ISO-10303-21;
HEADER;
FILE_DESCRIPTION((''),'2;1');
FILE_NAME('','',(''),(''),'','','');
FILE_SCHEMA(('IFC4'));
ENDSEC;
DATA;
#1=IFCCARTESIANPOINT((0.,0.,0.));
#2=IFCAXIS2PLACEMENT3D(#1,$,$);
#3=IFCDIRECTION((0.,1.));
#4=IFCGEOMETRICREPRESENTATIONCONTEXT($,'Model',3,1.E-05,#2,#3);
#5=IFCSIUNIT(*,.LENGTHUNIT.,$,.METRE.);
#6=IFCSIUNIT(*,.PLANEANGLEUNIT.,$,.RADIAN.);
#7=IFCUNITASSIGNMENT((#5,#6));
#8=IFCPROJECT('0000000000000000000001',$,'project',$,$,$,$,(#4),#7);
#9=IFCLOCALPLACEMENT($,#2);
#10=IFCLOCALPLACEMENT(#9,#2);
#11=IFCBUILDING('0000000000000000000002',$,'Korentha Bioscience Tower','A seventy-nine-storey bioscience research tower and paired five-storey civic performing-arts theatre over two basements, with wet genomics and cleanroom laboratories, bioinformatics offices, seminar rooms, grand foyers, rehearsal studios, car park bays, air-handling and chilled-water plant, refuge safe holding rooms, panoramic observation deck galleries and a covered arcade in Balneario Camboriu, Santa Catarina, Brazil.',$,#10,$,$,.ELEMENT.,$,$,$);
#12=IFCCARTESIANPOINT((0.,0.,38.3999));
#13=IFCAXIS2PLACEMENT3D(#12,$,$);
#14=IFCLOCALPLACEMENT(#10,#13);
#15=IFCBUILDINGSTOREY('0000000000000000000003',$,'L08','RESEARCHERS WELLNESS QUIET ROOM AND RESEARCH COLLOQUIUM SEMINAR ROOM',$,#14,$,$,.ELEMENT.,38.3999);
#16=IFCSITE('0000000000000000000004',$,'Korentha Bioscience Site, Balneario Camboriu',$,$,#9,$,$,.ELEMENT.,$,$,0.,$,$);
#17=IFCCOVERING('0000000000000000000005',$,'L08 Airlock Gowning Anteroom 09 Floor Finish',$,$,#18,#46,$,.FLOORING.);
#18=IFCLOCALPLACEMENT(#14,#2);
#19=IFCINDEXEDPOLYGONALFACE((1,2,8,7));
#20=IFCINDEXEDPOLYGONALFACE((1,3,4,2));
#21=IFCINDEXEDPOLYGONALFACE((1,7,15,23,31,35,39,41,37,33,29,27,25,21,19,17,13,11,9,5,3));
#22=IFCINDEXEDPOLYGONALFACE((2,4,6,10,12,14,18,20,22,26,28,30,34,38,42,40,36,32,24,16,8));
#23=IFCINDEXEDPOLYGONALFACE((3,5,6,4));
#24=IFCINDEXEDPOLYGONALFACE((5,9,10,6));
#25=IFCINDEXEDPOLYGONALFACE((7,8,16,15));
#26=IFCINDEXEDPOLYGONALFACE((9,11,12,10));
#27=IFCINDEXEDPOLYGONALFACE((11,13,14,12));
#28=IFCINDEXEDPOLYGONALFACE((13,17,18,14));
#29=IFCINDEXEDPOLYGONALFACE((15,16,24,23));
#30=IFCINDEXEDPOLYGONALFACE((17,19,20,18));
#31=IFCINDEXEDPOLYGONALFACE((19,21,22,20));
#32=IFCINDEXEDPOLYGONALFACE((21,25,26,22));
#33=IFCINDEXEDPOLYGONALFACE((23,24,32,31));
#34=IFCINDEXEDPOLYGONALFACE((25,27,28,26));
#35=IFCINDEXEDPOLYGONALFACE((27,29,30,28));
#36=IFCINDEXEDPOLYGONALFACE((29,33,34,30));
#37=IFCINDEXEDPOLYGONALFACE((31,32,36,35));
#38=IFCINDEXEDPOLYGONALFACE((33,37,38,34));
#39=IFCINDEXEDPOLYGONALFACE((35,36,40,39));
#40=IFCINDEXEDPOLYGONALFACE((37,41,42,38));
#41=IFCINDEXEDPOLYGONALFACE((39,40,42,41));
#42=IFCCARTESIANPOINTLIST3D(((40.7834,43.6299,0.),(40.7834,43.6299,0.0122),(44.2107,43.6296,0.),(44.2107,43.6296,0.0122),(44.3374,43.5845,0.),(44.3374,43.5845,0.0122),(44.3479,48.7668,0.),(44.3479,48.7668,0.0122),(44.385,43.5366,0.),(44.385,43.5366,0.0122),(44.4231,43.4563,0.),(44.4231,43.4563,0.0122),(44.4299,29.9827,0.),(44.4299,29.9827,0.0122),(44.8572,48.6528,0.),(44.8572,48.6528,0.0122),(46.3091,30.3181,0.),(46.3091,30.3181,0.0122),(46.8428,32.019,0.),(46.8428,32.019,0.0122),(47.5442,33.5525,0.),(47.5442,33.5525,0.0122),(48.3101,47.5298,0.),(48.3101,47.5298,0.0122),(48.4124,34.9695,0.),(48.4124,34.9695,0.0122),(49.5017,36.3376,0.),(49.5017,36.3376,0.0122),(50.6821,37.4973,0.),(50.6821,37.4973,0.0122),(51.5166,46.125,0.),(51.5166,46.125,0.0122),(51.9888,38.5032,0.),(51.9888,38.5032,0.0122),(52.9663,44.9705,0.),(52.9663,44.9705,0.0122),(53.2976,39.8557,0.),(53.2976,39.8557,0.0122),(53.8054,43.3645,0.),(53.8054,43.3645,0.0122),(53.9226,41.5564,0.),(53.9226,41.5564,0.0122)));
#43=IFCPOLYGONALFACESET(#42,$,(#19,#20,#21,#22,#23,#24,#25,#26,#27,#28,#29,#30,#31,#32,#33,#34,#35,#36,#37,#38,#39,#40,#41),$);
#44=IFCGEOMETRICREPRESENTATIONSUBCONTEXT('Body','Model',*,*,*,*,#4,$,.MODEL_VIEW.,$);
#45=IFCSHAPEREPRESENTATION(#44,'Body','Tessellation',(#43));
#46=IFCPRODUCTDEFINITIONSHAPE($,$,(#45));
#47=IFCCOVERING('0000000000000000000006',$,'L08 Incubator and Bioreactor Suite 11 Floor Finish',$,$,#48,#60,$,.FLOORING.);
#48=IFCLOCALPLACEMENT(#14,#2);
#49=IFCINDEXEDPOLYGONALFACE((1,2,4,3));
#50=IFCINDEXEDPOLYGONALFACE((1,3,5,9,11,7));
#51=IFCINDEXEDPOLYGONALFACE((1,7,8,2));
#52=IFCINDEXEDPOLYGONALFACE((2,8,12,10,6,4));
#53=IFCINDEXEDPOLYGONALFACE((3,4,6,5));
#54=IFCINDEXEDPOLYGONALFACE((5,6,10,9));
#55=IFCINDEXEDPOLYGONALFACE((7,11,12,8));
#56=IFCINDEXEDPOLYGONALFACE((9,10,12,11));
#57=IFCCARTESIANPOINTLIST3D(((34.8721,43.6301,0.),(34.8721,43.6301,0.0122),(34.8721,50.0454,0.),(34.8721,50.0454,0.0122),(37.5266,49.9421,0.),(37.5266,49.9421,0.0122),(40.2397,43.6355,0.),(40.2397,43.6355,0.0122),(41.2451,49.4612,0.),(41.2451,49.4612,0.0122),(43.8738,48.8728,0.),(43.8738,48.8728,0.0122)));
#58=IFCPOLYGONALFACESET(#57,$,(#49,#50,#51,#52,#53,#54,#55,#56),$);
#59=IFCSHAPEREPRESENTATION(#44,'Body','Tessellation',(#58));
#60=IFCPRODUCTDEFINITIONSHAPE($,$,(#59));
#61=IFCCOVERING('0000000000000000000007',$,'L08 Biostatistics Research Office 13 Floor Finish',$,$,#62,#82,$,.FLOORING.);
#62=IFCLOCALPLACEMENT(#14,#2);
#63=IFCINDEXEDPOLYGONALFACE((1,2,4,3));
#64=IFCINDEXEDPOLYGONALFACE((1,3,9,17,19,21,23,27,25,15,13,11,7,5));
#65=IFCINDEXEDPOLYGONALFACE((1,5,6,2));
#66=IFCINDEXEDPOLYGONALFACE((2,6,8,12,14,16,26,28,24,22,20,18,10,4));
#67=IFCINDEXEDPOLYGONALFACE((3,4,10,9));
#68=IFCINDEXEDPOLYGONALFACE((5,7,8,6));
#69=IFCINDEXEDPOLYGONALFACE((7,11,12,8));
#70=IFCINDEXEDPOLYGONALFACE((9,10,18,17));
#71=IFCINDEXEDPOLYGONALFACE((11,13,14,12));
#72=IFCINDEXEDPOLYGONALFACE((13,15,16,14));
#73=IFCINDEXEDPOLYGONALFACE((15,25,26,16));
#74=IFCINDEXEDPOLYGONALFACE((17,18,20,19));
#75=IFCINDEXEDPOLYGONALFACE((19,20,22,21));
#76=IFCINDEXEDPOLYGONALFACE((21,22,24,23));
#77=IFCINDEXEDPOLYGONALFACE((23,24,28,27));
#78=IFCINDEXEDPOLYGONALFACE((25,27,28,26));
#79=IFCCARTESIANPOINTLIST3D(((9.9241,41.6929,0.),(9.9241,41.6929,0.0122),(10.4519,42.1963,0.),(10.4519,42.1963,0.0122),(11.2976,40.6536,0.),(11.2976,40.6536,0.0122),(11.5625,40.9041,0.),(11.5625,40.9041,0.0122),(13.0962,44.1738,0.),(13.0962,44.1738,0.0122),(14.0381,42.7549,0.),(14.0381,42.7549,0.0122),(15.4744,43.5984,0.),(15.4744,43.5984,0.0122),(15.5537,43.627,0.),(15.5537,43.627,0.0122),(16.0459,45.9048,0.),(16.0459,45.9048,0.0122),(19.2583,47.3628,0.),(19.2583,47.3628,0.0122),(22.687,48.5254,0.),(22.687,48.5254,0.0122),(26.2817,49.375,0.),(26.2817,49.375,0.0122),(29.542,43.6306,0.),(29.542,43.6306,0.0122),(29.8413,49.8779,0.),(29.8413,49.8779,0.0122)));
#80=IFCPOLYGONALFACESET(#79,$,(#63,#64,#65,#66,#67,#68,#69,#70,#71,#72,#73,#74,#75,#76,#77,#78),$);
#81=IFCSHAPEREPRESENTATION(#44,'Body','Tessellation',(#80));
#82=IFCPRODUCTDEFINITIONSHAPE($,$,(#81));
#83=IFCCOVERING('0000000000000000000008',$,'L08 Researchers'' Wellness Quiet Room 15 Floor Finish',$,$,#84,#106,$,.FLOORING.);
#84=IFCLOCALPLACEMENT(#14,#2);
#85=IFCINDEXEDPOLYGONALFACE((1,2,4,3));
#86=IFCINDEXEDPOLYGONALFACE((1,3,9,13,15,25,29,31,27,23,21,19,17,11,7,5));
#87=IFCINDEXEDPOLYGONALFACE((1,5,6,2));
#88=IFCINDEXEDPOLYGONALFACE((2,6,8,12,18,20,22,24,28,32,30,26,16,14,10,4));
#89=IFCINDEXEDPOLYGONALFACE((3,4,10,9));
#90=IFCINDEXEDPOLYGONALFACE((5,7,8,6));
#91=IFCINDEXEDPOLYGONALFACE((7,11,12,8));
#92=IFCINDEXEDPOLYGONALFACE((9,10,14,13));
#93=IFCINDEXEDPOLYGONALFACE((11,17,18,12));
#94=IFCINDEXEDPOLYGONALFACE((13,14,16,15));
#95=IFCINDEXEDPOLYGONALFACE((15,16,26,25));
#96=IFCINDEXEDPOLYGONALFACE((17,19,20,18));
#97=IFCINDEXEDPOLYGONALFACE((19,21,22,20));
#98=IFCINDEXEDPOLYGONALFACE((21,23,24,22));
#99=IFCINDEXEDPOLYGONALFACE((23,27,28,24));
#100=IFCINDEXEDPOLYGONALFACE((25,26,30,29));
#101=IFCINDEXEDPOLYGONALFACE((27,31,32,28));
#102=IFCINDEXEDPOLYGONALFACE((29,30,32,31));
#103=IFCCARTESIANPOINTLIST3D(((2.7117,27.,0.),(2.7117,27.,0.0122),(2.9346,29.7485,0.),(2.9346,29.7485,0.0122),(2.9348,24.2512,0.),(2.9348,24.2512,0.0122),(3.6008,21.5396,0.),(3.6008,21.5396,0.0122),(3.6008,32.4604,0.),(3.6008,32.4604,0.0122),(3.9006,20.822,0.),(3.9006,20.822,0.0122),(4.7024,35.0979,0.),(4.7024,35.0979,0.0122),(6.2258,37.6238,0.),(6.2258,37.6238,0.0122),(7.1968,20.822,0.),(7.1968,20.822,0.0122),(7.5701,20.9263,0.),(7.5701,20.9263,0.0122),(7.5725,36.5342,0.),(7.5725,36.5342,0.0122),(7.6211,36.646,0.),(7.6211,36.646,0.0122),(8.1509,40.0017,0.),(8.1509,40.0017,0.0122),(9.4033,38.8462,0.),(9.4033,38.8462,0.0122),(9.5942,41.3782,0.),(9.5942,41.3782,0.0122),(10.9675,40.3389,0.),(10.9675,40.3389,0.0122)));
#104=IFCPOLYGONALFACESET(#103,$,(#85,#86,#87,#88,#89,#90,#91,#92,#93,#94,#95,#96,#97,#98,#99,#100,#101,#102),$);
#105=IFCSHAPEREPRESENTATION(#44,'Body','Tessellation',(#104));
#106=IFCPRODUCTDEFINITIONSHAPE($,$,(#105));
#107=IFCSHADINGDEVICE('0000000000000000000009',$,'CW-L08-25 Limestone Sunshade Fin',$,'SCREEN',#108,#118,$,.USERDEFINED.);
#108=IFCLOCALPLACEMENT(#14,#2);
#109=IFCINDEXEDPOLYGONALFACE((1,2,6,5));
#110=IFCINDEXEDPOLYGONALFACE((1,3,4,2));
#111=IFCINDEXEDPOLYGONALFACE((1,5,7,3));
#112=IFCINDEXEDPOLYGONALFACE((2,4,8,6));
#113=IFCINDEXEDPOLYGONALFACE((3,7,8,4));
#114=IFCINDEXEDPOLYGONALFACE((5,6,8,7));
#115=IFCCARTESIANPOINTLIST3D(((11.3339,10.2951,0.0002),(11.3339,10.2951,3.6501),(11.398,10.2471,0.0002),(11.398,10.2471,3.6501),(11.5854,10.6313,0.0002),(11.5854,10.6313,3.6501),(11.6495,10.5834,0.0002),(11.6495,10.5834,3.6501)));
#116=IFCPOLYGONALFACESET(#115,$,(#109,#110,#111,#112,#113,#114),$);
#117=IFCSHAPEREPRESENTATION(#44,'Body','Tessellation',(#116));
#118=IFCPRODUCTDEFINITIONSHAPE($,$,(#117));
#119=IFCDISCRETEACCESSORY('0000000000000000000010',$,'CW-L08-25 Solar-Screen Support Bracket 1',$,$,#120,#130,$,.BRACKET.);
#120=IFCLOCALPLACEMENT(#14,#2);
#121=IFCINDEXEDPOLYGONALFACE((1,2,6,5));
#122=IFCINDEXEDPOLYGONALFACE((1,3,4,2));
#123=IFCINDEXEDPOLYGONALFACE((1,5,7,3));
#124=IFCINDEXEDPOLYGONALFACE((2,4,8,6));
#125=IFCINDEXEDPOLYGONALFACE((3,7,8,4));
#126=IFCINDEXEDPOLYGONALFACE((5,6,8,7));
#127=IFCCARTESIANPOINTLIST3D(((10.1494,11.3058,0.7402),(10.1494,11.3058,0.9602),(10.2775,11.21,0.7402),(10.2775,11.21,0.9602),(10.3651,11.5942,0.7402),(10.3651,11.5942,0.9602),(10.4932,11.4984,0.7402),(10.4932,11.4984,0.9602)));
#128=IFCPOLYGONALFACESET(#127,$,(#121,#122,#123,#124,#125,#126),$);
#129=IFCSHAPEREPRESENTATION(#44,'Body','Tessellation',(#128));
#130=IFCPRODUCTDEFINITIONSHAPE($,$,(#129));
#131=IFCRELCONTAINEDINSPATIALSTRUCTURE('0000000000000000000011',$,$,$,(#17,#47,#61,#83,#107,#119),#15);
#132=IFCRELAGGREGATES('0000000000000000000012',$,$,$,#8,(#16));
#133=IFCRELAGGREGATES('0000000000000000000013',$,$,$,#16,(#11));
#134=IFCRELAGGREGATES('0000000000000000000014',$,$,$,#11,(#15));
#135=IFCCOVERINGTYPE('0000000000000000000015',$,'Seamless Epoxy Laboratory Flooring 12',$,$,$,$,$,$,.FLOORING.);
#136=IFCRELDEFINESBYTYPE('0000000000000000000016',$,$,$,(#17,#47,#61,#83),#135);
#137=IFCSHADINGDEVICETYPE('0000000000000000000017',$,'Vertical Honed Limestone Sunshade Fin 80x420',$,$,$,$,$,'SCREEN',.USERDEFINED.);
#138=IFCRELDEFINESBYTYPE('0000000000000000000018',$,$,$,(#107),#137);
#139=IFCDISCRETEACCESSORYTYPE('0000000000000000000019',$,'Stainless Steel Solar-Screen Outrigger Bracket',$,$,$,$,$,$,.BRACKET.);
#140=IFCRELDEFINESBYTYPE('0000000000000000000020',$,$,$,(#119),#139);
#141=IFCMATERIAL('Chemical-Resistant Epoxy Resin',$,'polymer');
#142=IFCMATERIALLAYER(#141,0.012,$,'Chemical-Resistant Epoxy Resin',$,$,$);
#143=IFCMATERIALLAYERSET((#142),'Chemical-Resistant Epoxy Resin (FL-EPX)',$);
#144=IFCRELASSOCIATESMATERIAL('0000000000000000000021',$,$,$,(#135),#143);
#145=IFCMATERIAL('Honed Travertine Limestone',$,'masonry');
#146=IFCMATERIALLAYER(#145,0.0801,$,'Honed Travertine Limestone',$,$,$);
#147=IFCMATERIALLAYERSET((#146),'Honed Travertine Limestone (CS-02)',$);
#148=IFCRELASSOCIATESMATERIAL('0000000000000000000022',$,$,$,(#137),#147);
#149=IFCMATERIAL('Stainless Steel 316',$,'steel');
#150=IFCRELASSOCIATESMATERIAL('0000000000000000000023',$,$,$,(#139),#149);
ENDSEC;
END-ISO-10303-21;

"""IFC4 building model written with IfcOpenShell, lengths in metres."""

from ifc_helpers import new_model, si_unit, direction, frame, origin, origin_2d, place, context, subcontext, project, spatial, polyline, rectangle, outline, extrude, material, layer, layer_set, type_object, element, save


model = new_model("IFC4")

# Units and contexts
model_context = context("Model", 3, precision=1e-05, world=origin(), true_north=direction((0.0, 1.0)))
body_context = subcontext(model_context, "Body", "Model", "MODEL_VIEW")
ifc_project = project(units=[si_unit("LENGTHUNIT", "METRE"), si_unit("PLANEANGLEUNIT", "RADIAN")], contexts=[model_context])

# Site, building, storey
site_placement = place(None, origin())
site = spatial("IfcSite", under=ifc_project, at=site_placement, Name="Korentha Bioscience Site, Balneario Camboriu", CompositionType="ELEMENT", RefElevation=0.0)
building_placement = place(site_placement, origin())
building = spatial("IfcBuilding", under=site, at=building_placement, Name="Korentha Bioscience Tower", Description="A seventy-nine-storey bioscience research tower and paired five-storey civic performing-arts theatre over two basements, with wet genomics and cleanroom laboratories, bioinformatics offices, seminar rooms, grand foyers, rehearsal studios, car park bays, air-handling and chilled-water plant, refuge safe holding rooms, panoramic observation deck galleries and a covered arcade in Balneario Camboriu, Santa Catarina, Brazil.", CompositionType="ELEMENT")
storey_placement = place(building_placement, frame((0.0, 0.0, 38.3999)))
storey = spatial("IfcBuildingStorey", under=building, at=storey_placement, Name="L08", Description="RESEARCHERS WELLNESS QUIET ROOM AND RESEARCH COLLOQUIUM SEMINAR ROOM", CompositionType="ELEMENT", Elevation=38.3999)

# Coverings
ifc_material_1 = material(Name="Chemical-Resistant Epoxy Resin", Category="polymer")
ifc_layer_1 = layer(ifc_material_1, 0.012, Name="Chemical-Resistant Epoxy Resin")
ifc_layer_set_1 = layer_set([ifc_layer_1], Name="Chemical-Resistant Epoxy Resin (FL-EPX)")
covering_type_1 = type_object("IfcCoveringType", Name="Seamless Epoxy Laboratory Flooring 12", PredefinedType="FLOORING", material=ifc_layer_set_1)
covering_1_placement = place(storey_placement, origin())
element("IfcCovering", 1, at=covering_1_placement, inside=storey, type_object=covering_type_1, Name="L08 Airlock Gowning Anteroom 09 Floor Finish", PredefinedType="FLOORING", context=body_context, shape_type="SweptSolid", body=[
    extrude(outline(polyline([(44.8572, 48.6528), (48.3101, 47.5298), (51.5166, 46.125), (52.9663, 44.9705), (53.8054, 43.3645), (53.9226, 41.5564), (53.2976, 39.8557), (51.9888, 38.5032), (50.6821, 37.4973), (49.5017, 36.3376), (48.4124, 34.9695), (47.5442, 33.5525), (46.8428, 32.019), (46.3091, 30.3181), (44.4299, 29.9827), (44.4231, 43.4563), (44.385, 43.5366), (44.3374, 43.5845), (44.2107, 43.6296), (40.7834, 43.6299), (44.3479, 48.7668), (44.8572, 48.6528)])), origin(), (0.0, 0.0, 1.0), 0.0122),
])
covering_2_placement = place(storey_placement, origin())
element("IfcCovering", 2, at=covering_2_placement, inside=storey, type_object=covering_type_1, Name="L08 Incubator and Bioreactor Suite 11 Floor Finish", PredefinedType="FLOORING", context=body_context, shape_type="SweptSolid", body=[
    extrude(outline(polyline([(43.8738, 48.8728), (40.2397, 43.6355), (34.8721, 43.6301), (34.8721, 50.0454), (37.5266, 49.9421), (41.2451, 49.4612), (43.8738, 48.8728)])), origin(), (0.0, 0.0, 1.0), 0.0122),
])
covering_3_placement = place(storey_placement, origin())
element("IfcCovering", 3, at=covering_3_placement, inside=storey, type_object=covering_type_1, Name="L08 Biostatistics Research Office 13 Floor Finish", PredefinedType="FLOORING", context=body_context, shape_type="SweptSolid", body=[
    extrude(outline(polyline([(10.4519, 42.1963), (13.0962, 44.1738), (16.0459, 45.9048), (19.2583, 47.3628), (22.687, 48.5254), (26.2817, 49.375), (29.8413, 49.8779), (29.542, 43.6306), (15.5537, 43.627), (15.4744, 43.5984), (14.0381, 42.7549), (11.5625, 40.9041), (11.2976, 40.6536), (9.9241, 41.6929), (10.4519, 42.1963)])), origin(), (0.0, 0.0, 1.0), 0.0122),
])
covering_4_placement = place(storey_placement, origin())
element("IfcCovering", 4, at=covering_4_placement, inside=storey, type_object=covering_type_1, Name="L08 Researchers' Wellness Quiet Room 15 Floor Finish", PredefinedType="FLOORING", context=body_context, shape_type="SweptSolid", body=[
    extrude(outline(polyline([(2.9346, 29.7485), (3.6008, 32.4604), (4.7024, 35.0979), (6.2258, 37.6238), (8.1509, 40.0017), (9.5942, 41.3782), (10.9675, 40.3389), (9.4033, 38.8462), (7.6211, 36.646), (7.5725, 36.5342), (7.5701, 20.9263), (7.1968, 20.822), (3.9006, 20.822), (3.6008, 21.5396), (2.9348, 24.2512), (2.7117, 27.0), (2.9346, 29.7485)])), origin(), (0.0, 0.0, 1.0), 0.0122),
])

# Shading device
ifc_material_2 = material(Name="Honed Travertine Limestone", Category="masonry")
ifc_layer_2 = layer(ifc_material_2, 0.0801, Name="Honed Travertine Limestone")
ifc_layer_set_2 = layer_set([ifc_layer_2], Name="Honed Travertine Limestone (CS-02)")
shading_device_type_1 = type_object("IfcShadingDeviceType", Name="Vertical Honed Limestone Sunshade Fin 80x420", ElementType="SCREEN", PredefinedType="USERDEFINED", material=ifc_layer_set_2)
shading_device_1_placement = place(storey_placement, frame((11.4917, 10.4392, 0.0002), z_axis=(0.0, 0.0, 1.0), x_axis=(0.800798, -0.598935, 0.0)))
element("IfcShadingDevice", 5, at=shading_device_1_placement, inside=storey, type_object=shading_device_type_1, Name="CW-L08-25 Limestone Sunshade Fin", ObjectType="SCREEN", PredefinedType="USERDEFINED", context=body_context, shape_type="SweptSolid", body=[
    extrude(rectangle(XDim=0.0801, YDim=0.4199, at=origin_2d()), origin(), (0.0, 0.0, 1.0), 3.6499),
])

# Discrete accessory
ifc_material_3 = material(Name="Stainless Steel 316", Category="steel")
discrete_accessory_type = type_object("IfcDiscreteAccessoryType", Name="Stainless Steel Solar-Screen Outrigger Bracket", PredefinedType="BRACKET", material=ifc_material_3)
discrete_accessory_placement = place(storey_placement, frame((10.3213, 11.4021, 0.7402), z_axis=(0.0, 0.0, 1.0), x_axis=(0.800798, -0.598935, 0.0)))
element("IfcDiscreteAccessory", 6, at=discrete_accessory_placement, inside=storey, type_object=discrete_accessory_type, Name="CW-L08-25 Solar-Screen Support Bracket 1", PredefinedType="BRACKET", context=body_context, shape_type="SweptSolid", body=[
    extrude(rectangle(XDim=0.1599, YDim=0.3601, at=origin_2d()), origin(), (0.0, 0.0, 1.0), 0.22),
])

save(model, "model.ifc")
